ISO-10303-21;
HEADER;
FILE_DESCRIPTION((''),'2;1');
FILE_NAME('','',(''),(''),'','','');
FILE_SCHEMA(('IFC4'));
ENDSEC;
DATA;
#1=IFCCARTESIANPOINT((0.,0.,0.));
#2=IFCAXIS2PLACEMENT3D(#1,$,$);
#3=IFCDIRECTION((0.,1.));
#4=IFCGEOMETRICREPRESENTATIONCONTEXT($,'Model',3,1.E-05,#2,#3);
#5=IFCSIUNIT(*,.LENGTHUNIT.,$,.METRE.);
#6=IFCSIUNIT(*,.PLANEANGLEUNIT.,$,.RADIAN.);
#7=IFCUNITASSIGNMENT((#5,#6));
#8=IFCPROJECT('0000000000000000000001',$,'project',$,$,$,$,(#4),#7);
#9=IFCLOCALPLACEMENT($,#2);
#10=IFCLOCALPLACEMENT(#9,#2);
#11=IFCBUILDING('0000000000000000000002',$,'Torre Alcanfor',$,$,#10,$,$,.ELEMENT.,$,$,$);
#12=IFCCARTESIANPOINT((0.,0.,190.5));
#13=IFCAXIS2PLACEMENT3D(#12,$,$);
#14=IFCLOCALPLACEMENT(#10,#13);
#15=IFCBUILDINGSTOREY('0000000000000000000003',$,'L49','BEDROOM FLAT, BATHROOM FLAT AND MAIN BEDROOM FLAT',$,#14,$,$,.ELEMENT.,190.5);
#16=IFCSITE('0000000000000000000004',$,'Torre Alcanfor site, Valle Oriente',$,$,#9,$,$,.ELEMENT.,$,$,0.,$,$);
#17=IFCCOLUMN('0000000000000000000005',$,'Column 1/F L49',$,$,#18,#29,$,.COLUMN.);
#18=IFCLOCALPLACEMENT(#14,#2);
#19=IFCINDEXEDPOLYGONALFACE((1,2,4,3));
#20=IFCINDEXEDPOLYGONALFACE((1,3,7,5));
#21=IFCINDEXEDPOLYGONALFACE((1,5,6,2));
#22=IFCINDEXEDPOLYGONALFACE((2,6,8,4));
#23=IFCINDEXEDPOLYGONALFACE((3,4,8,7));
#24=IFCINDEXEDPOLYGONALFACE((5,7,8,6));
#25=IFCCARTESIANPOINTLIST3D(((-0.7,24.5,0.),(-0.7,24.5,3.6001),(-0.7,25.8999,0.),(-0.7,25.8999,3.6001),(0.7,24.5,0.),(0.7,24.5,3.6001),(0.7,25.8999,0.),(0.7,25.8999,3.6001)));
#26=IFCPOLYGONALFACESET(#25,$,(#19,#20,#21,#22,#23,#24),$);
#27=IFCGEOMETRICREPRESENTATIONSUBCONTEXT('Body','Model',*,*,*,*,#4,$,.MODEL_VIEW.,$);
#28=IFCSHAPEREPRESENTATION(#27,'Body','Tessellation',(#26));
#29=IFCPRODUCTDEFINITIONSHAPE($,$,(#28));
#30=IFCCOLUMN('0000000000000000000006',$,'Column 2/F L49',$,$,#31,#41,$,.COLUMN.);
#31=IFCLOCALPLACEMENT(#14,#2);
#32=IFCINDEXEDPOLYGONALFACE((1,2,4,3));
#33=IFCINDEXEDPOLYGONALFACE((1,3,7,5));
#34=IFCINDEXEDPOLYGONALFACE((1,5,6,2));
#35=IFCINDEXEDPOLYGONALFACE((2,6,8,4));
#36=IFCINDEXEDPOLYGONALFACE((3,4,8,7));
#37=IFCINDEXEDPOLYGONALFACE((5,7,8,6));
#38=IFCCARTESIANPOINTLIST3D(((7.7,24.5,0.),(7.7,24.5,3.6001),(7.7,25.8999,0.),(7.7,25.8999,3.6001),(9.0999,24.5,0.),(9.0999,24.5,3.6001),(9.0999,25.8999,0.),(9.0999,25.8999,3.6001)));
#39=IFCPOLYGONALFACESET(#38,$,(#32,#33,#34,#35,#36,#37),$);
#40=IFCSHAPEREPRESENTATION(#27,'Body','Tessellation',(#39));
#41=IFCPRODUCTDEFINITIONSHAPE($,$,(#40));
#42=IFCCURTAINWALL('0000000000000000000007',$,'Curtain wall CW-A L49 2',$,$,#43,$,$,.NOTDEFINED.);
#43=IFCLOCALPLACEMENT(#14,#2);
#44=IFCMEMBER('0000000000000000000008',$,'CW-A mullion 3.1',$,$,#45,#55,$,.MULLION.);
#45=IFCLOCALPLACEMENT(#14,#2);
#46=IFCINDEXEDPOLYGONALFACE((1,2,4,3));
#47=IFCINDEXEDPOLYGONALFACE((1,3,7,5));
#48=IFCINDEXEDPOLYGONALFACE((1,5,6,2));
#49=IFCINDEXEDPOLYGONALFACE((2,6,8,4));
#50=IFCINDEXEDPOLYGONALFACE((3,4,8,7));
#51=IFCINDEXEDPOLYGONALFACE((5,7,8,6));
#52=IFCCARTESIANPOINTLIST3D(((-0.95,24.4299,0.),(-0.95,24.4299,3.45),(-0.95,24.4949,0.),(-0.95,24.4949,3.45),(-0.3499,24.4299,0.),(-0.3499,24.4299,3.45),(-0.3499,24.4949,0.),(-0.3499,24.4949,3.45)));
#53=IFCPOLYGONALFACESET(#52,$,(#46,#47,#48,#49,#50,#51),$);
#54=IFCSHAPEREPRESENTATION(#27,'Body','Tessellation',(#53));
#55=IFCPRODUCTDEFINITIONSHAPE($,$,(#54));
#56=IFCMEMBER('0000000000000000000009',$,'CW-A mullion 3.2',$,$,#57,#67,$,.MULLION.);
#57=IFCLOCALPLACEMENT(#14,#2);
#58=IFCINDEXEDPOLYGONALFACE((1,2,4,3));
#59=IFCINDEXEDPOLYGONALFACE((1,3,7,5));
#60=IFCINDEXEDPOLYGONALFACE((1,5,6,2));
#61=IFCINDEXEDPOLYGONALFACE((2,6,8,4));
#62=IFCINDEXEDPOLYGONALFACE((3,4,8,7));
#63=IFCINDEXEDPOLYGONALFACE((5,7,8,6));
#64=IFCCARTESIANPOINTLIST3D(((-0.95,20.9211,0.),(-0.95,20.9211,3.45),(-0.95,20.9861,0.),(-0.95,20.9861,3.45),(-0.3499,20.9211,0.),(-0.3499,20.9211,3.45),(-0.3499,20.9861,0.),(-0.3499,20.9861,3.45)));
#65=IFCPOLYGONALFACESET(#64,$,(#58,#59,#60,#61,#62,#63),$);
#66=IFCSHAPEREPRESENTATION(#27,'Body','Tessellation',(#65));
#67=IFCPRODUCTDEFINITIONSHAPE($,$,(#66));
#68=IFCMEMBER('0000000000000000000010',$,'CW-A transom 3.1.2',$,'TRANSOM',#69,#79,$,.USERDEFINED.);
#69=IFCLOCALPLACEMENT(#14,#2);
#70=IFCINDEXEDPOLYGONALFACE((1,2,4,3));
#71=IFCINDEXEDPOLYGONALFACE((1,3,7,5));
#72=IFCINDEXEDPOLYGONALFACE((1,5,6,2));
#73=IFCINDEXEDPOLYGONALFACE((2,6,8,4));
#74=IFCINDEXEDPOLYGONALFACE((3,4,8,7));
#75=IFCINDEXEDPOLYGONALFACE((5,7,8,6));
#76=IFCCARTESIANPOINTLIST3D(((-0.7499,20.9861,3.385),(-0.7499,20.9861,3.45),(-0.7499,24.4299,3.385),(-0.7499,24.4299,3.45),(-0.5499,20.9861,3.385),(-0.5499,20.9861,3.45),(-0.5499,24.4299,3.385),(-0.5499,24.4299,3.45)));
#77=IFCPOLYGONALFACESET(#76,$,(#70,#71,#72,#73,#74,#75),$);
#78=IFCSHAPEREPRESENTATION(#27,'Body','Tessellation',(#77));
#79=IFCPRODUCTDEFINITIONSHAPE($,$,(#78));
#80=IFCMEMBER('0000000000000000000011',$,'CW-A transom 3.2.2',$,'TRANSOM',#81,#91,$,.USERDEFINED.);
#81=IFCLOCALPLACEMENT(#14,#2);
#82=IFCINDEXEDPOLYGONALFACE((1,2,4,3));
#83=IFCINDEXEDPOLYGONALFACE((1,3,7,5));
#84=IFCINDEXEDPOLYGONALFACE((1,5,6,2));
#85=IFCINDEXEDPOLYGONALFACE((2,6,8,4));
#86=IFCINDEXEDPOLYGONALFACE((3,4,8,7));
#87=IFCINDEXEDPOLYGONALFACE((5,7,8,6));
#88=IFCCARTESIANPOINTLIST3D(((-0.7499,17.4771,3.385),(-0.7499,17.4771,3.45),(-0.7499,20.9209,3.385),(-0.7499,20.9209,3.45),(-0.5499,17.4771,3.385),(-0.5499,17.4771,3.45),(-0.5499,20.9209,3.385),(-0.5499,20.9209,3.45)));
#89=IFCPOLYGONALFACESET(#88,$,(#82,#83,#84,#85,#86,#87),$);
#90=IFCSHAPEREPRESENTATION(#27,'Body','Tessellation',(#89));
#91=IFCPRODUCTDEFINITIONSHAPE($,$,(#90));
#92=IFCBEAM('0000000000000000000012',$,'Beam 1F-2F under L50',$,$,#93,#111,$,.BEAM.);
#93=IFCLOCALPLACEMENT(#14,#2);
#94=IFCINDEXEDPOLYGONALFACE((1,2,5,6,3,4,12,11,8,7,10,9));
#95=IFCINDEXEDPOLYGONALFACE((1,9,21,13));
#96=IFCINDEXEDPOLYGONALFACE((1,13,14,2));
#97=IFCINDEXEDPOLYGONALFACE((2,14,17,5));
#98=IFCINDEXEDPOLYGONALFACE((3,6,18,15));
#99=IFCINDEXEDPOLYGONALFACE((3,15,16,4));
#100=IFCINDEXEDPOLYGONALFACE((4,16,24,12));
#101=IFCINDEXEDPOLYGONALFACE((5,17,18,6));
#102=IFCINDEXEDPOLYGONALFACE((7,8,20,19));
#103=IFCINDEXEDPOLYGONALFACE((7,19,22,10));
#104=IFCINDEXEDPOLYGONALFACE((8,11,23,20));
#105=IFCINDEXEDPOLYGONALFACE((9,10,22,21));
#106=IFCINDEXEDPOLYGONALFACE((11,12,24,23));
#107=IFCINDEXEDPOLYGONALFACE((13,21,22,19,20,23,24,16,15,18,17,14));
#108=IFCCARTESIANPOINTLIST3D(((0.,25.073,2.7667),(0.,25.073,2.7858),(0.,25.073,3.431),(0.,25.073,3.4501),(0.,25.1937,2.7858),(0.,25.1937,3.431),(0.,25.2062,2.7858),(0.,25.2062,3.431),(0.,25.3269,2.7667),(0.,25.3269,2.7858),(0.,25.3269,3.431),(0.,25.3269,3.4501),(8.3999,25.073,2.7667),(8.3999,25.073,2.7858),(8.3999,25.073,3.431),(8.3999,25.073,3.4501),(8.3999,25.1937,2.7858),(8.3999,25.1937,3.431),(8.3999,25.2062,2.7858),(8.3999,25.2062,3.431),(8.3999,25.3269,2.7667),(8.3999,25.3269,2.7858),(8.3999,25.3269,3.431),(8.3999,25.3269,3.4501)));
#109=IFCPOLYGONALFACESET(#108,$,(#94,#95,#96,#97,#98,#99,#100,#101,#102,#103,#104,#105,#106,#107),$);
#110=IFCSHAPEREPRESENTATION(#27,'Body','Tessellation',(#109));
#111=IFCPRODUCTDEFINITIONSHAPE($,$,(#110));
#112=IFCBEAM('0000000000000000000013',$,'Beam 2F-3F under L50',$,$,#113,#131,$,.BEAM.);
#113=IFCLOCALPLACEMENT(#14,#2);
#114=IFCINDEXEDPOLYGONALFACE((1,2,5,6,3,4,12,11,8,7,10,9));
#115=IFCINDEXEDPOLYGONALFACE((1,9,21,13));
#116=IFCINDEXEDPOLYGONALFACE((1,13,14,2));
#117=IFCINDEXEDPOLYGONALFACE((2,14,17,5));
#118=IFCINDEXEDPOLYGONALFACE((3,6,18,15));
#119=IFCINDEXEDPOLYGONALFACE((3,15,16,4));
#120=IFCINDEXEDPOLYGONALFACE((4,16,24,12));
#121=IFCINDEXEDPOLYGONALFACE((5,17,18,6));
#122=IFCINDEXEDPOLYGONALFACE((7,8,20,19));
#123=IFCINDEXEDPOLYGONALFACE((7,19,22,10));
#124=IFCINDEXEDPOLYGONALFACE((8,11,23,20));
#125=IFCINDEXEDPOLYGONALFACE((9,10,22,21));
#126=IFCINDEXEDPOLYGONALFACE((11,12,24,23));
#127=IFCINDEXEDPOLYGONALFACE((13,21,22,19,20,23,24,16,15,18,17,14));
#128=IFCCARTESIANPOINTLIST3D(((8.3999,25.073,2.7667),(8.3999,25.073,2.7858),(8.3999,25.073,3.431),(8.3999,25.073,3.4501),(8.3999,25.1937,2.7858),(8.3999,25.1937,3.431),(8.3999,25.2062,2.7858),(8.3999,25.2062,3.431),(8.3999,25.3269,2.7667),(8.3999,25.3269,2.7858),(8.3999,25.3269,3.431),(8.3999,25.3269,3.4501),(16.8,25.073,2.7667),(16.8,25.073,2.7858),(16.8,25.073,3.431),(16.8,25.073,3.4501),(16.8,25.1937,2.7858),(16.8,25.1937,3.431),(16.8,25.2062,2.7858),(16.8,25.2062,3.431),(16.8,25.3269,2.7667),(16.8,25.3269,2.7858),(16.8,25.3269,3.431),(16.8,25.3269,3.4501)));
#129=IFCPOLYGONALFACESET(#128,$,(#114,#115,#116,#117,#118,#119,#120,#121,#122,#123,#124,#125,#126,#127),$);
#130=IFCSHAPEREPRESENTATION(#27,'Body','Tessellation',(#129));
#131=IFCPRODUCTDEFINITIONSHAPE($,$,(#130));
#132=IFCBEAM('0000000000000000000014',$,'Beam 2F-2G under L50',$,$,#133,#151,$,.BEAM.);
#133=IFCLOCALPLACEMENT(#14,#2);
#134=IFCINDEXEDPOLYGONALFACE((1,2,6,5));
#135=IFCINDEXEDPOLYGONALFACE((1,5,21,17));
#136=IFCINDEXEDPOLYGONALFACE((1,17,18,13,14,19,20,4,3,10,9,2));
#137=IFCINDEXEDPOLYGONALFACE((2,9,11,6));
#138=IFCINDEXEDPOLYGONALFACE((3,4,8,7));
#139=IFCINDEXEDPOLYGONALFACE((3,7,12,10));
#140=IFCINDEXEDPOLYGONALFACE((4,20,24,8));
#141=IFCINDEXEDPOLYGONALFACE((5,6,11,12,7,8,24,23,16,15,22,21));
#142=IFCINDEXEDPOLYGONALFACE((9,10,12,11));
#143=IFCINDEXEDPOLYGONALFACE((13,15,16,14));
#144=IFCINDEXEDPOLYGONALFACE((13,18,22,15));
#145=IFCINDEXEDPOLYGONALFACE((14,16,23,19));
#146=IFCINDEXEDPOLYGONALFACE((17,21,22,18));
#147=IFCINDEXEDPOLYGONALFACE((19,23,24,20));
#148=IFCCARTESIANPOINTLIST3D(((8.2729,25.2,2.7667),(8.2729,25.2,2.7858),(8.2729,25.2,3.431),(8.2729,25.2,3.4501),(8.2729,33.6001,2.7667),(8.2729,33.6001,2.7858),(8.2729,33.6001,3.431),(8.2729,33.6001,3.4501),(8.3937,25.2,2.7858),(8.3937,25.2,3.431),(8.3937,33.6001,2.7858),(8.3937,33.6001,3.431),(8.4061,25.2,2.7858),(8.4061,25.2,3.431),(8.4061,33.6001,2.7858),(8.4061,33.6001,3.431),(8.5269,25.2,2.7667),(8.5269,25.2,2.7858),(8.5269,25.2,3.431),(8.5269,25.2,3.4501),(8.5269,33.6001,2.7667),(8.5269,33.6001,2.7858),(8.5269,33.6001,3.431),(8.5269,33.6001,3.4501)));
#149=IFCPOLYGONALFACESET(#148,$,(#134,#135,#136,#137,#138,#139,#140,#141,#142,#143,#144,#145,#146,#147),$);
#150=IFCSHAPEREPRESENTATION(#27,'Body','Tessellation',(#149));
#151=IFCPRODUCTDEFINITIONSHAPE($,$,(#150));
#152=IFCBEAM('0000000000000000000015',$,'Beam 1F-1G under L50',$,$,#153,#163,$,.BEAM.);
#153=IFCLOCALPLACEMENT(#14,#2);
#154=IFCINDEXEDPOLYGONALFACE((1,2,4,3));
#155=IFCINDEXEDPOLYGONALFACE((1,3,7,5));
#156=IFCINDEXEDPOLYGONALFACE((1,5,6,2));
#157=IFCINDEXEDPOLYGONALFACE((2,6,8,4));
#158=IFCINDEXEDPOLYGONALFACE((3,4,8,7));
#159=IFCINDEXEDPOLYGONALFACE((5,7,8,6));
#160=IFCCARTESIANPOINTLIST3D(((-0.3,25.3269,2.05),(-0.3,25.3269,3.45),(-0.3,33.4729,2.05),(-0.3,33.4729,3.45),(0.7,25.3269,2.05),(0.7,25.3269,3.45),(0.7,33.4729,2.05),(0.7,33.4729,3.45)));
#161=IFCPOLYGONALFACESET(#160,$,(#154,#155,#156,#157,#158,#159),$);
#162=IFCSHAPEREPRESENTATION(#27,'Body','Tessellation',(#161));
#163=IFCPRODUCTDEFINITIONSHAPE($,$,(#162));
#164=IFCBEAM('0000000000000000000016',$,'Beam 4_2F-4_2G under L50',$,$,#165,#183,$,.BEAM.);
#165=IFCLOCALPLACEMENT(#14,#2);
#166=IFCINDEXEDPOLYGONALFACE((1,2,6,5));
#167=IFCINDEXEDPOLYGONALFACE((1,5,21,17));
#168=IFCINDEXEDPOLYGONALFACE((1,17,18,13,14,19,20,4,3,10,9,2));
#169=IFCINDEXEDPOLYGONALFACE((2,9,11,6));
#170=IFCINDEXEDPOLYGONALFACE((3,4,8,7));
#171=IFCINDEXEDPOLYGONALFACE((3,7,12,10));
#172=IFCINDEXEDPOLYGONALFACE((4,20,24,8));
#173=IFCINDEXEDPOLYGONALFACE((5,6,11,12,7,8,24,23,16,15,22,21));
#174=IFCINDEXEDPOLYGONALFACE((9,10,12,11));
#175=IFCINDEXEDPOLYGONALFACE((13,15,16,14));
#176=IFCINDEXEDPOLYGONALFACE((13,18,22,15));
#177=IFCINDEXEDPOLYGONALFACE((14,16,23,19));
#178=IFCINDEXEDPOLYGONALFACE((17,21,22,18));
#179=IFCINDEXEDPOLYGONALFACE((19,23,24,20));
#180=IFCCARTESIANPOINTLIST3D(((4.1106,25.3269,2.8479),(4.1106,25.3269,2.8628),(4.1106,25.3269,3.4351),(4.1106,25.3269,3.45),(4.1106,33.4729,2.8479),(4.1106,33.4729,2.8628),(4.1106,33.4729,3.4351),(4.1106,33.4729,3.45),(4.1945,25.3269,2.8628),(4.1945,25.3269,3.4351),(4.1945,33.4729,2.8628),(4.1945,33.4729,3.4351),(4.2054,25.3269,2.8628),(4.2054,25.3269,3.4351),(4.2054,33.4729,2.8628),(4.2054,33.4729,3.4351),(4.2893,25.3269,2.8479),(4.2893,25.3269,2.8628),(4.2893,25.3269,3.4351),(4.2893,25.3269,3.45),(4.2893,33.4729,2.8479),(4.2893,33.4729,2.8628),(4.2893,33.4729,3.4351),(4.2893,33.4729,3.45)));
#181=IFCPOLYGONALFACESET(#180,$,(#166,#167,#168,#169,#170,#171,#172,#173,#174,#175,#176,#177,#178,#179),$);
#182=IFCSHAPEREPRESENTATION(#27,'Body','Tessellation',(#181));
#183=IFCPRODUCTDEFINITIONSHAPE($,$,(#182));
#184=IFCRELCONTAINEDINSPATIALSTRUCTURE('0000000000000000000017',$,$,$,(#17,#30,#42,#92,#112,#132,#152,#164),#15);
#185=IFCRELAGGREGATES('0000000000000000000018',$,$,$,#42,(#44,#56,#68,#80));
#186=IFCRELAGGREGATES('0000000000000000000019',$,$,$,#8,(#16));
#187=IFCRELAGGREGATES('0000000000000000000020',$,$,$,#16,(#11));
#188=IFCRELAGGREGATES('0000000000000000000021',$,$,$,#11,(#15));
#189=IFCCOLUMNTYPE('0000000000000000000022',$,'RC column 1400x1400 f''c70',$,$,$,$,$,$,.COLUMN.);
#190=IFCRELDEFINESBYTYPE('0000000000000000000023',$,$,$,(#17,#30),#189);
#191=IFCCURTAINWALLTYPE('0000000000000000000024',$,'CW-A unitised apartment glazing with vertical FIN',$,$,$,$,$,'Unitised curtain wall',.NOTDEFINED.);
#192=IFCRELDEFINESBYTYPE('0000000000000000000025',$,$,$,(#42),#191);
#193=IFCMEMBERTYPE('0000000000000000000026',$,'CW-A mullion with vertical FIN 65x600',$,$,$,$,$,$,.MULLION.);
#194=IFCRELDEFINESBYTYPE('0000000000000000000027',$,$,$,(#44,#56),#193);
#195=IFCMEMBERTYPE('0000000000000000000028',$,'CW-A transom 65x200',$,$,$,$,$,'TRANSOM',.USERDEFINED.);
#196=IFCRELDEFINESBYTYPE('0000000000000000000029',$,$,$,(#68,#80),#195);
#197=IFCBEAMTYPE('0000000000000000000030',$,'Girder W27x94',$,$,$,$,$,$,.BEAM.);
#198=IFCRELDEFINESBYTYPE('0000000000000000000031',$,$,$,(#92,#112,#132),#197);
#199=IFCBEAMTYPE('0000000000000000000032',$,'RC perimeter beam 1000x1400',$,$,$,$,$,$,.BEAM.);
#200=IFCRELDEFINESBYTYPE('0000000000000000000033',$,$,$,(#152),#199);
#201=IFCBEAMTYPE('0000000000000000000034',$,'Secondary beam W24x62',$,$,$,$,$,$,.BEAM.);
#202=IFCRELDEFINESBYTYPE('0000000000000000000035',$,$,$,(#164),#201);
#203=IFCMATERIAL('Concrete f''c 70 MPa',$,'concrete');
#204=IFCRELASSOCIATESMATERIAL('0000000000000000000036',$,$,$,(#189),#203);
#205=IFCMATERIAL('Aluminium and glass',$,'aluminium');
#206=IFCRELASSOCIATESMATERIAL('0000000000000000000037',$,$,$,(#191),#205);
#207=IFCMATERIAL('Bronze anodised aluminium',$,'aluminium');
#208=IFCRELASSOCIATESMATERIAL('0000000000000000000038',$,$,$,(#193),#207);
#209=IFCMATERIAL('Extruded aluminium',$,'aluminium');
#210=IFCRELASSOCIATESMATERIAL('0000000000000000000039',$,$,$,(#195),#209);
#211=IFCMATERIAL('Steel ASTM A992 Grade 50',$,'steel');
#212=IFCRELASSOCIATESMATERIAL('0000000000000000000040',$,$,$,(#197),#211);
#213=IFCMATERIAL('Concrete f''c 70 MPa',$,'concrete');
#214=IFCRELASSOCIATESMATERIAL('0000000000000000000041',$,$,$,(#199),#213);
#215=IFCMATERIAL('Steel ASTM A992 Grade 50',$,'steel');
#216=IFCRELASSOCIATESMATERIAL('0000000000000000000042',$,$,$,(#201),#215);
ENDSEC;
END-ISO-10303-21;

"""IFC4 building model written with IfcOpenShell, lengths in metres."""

from ifc_helpers import new_model, si_unit, direction, frame, origin, origin_2d, place, context, subcontext, project, spatial, rectangle, i_section, extrude, material, material_profile, profile_set, type_object, element, aggregate, save


model = new_model("IFC4")

# Units and contexts
model_context = context("Model", 3, precision=1e-05, world=origin(), true_north=direction((0.0, 1.0)))
body_context = subcontext(model_context, "Body", "Model", "MODEL_VIEW")
ifc_project = project(units=[si_unit("LENGTHUNIT", "METRE"), si_unit("PLANEANGLEUNIT", "RADIAN")], contexts=[model_context])

# Site, building, storey
site_placement = place(None, origin())
site = spatial("IfcSite", under=ifc_project, at=site_placement, Name="Torre Alcanfor site, Valle Oriente", CompositionType="ELEMENT", RefElevation=0.0)
building_placement = place(site_placement, origin())
building = spatial("IfcBuilding", under=site, at=building_placement, Name="Torre Alcanfor", CompositionType="ELEMENT")
storey_placement = place(building_placement, frame((0.0, 0.0, 190.5)))
storey = spatial("IfcBuildingStorey", under=building, at=storey_placement, Name="L49", Description="BEDROOM FLAT, BATHROOM FLAT AND MAIN BEDROOM FLAT", CompositionType="ELEMENT", Elevation=190.5)

# Columns
ifc_material_1 = material(Name="Concrete f'c 70 MPa", Category="concrete")
ifc_material_profile_1 = material_profile(ifc_material_1, rectangle(XDim=1.3999, YDim=1.3999, at=origin_2d()), Name="1400x1400")
ifc_profile_set_1 = profile_set([ifc_material_profile_1], Name="Concrete f'c 70 MPa")
column_type = type_object("IfcColumnType", Name="RC column 1400x1400 f'c70", PredefinedType="COLUMN", material=ifc_profile_set_1)
for number, where, z_axis, x_axis, name in (
    (1, (0.0, 25.2, 0.0), (0.0, 0.0, 1.0), (1.0, 0.0, 0.0), "Column 1/F L49"),
    (2, (8.3999, 25.2, 0.0), (0.0, 0.0, 1.0), (1.0, 0.0, 0.0), "Column 2/F L49"),
):
    element("IfcColumn", number, at=place(storey_placement, frame(where, z_axis=z_axis, x_axis=x_axis)), inside=storey, type_object=column_type, Name=name, PredefinedType="COLUMN", context=body_context, shape_type="SweptSolid", body=[
        extrude(rectangle(XDim=1.3999, YDim=1.3999, at=origin_2d()), origin(), (0.0, 0.0, 1.0), 3.6001),
    ])

# Curtain wall, members
ifc_material_2 = material(Name="Aluminium and glass", Category="aluminium")
curtain_wall_type = type_object("IfcCurtainWallType", Name="CW-A unitised apartment glazing with vertical FIN", ElementType="Unitised curtain wall", PredefinedType="NOTDEFINED", material=ifc_material_2)
curtain_wall_placement = place(storey_placement, origin())
curtain_wall = element("IfcCurtainWall", 3, at=curtain_wall_placement, inside=storey, type_object=curtain_wall_type, Name="Curtain wall CW-A L49 2", PredefinedType="NOTDEFINED")
ifc_material_3 = material(Name="Bronze anodised aluminium", Category="aluminium")
ifc_material_profile_2 = material_profile(ifc_material_3, rectangle(XDim=0.6001, YDim=0.0649, at=origin_2d()), Name="CW-A mullion 65x600")
ifc_profile_set_2 = profile_set([ifc_material_profile_2], Name="Bronze anodised aluminium")
member_type_1 = type_object("IfcMemberType", Name="CW-A mullion with vertical FIN 65x600", PredefinedType="MULLION", material=ifc_profile_set_2)
member_1_placement = place(storey_placement, frame((-0.6499, 24.4624, 0.0), z_axis=(0.0, 0.0, 1.0), x_axis=(1.0, 0.0, 0.0)))
member_1 = element("IfcMember", 4, at=member_1_placement, type_object=member_type_1, Name="CW-A mullion 3.1", PredefinedType="MULLION", context=body_context, shape_type="SweptSolid", body=[
    extrude(rectangle(XDim=0.6001, YDim=0.0649, at=origin_2d()), origin(), (0.0, 0.0, 1.0), 3.45),
])
member_2_placement = place(storey_placement, frame((-0.6499, 20.9536, 0.0), z_axis=(0.0, 0.0, 1.0), x_axis=(1.0, 0.0, 0.0)))
member_2 = element("IfcMember", 5, at=member_2_placement, type_object=member_type_1, Name="CW-A mullion 3.2", PredefinedType="MULLION", context=body_context, shape_type="SweptSolid", body=[
    extrude(rectangle(XDim=0.6001, YDim=0.0649, at=origin_2d()), origin(), (0.0, 0.0, 1.0), 3.45),
])
ifc_material_4 = material(Name="Extruded aluminium", Category="aluminium")
ifc_material_profile_3 = material_profile(ifc_material_4, rectangle(XDim=0.2, YDim=0.0649, at=origin_2d()), Name="CW-A transom 200x65")
ifc_profile_set_3 = profile_set([ifc_material_profile_3], Name="Extruded aluminium")
member_type_2 = type_object("IfcMemberType", Name="CW-A transom 65x200", ElementType="TRANSOM", PredefinedType="USERDEFINED", material=ifc_profile_set_3)
member_3_placement = place(storey_placement, frame((-0.6499, 24.4299, 3.4175), z_axis=(0.0, -1.0, 0.0), x_axis=(1.0, 0.0, 0.0)))
member_3 = element("IfcMember", 6, at=member_3_placement, type_object=member_type_2, Name="CW-A transom 3.1.2", ObjectType="TRANSOM", PredefinedType="USERDEFINED", context=body_context, shape_type="SweptSolid", body=[
    extrude(rectangle(XDim=0.2, YDim=0.0649, at=origin_2d()), origin(), (0.0, 0.0, 1.0), 3.4438),
])
member_4_placement = place(storey_placement, frame((-0.6499, 20.9209, 3.4175), z_axis=(0.0, -1.0, 0.0), x_axis=(1.0, 0.0, 0.0)))
member_4 = element("IfcMember", 7, at=member_4_placement, type_object=member_type_2, Name="CW-A transom 3.2.2", ObjectType="TRANSOM", PredefinedType="USERDEFINED", context=body_context, shape_type="SweptSolid", body=[
    extrude(rectangle(XDim=0.2, YDim=0.0649, at=origin_2d()), origin(), (0.0, 0.0, 1.0), 3.4438),
])

# Beams
ifc_material_5 = material(Name="Steel ASTM A992 Grade 50", Category="steel")
ifc_material_profile_4 = material_profile(ifc_material_5, i_section(OverallWidth=0.2539, OverallDepth=0.6833, WebThickness=0.0125, FlangeThickness=0.019, at=origin_2d()), Name="W27x94")
ifc_profile_set_4 = profile_set([ifc_material_profile_4], Name="Steel ASTM A992 Grade 50")
beam_type_1 = type_object("IfcBeamType", Name="Girder W27x94", PredefinedType="BEAM", material=ifc_profile_set_4)
beam_1_placement = place(storey_placement, frame((0.0, 25.2, 3.1084), z_axis=(1.0, 0.0, 0.0), x_axis=(0.0, 1.0, 0.0)))
element("IfcBeam", 8, at=beam_1_placement, inside=storey, type_object=beam_type_1, Name="Beam 1F-2F under L50", PredefinedType="BEAM", context=body_context, shape_type="SweptSolid", body=[
    extrude(i_section(OverallWidth=0.2539, OverallDepth=0.6833, WebThickness=0.0125, FlangeThickness=0.019, at=origin_2d()), origin(), (0.0, 0.0, 1.0), 8.3999),
])
for number, where, z_axis, x_axis, name in (
    (9, (8.3999, 25.2, 3.1084), (1.0, 0.0, 0.0), (0.0, 1.0, 0.0), "Beam 2F-3F under L50"),
    (10, (8.3999, 25.2, 3.1084), (0.0, 1.0, 0.0), (-1.0, 0.0, 0.0), "Beam 2F-2G under L50"),
):
    element("IfcBeam", number, at=place(storey_placement, frame(where, z_axis=z_axis, x_axis=x_axis)), inside=storey, type_object=beam_type_1, Name=name, PredefinedType="BEAM", context=body_context, shape_type="SweptSolid", body=[
        extrude(i_section(OverallWidth=0.2539, OverallDepth=0.6833, WebThickness=0.0125, FlangeThickness=0.019, at=origin_2d()), origin(), (0.0, 0.0, 1.0), 8.4001),
    ])
ifc_material_6 = material(Name="Concrete f'c 70 MPa", Category="concrete")
ifc_material_profile_5 = material_profile(ifc_material_6, rectangle(XDim=1.0, YDim=1.3999, at=origin_2d()), Name="1000x1400")
ifc_profile_set_5 = profile_set([ifc_material_profile_5], Name="Concrete f'c 70 MPa")
beam_type_2 = type_object("IfcBeamType", Name="RC perimeter beam 1000x1400", PredefinedType="BEAM", material=ifc_profile_set_5)
beam_2_placement = place(storey_placement, frame((0.2, 25.3269, 2.75), z_axis=(0.0, 1.0, 0.0), x_axis=(-1.0, 0.0, 0.0)))
element("IfcBeam", 11, at=beam_2_placement, inside=storey, type_object=beam_type_2, Name="Beam 1F-1G under L50", PredefinedType="BEAM", context=body_context, shape_type="SweptSolid", body=[
    extrude(rectangle(XDim=1.0, YDim=1.3999, at=origin_2d()), origin(), (0.0, 0.0, 1.0), 8.146),
])
ifc_material_7 = material(Name="Steel ASTM A992 Grade 50", Category="steel")
ifc_material_profile_6 = material_profile(ifc_material_7, i_section(OverallWidth=0.1787, OverallDepth=0.6021, WebThickness=0.011, FlangeThickness=0.0149, at=origin_2d()), Name="W24x62")
ifc_profile_set_6 = profile_set([ifc_material_profile_6], Name="Steel ASTM A992 Grade 50")
beam_type_3 = type_object("IfcBeamType", Name="Secondary beam W24x62", PredefinedType="BEAM", material=ifc_profile_set_6)
beam_3_placement = place(storey_placement, frame((4.2, 25.3269, 3.1489), z_axis=(0.0, 1.0, 0.0), x_axis=(-1.0, 0.0, 0.0)))
element("IfcBeam", 12, at=beam_3_placement, inside=storey, type_object=beam_type_3, Name="Beam 4_2F-4_2G under L50", PredefinedType="BEAM", context=body_context, shape_type="SweptSolid", body=[
    extrude(i_section(OverallWidth=0.1787, OverallDepth=0.6021, WebThickness=0.011, FlangeThickness=0.0149, at=origin_2d()), origin(), (0.0, 0.0, 1.0), 8.146),
])

aggregate(curtain_wall, [member_1, member_2, member_3, member_4])

save(model, "model.ifc")
